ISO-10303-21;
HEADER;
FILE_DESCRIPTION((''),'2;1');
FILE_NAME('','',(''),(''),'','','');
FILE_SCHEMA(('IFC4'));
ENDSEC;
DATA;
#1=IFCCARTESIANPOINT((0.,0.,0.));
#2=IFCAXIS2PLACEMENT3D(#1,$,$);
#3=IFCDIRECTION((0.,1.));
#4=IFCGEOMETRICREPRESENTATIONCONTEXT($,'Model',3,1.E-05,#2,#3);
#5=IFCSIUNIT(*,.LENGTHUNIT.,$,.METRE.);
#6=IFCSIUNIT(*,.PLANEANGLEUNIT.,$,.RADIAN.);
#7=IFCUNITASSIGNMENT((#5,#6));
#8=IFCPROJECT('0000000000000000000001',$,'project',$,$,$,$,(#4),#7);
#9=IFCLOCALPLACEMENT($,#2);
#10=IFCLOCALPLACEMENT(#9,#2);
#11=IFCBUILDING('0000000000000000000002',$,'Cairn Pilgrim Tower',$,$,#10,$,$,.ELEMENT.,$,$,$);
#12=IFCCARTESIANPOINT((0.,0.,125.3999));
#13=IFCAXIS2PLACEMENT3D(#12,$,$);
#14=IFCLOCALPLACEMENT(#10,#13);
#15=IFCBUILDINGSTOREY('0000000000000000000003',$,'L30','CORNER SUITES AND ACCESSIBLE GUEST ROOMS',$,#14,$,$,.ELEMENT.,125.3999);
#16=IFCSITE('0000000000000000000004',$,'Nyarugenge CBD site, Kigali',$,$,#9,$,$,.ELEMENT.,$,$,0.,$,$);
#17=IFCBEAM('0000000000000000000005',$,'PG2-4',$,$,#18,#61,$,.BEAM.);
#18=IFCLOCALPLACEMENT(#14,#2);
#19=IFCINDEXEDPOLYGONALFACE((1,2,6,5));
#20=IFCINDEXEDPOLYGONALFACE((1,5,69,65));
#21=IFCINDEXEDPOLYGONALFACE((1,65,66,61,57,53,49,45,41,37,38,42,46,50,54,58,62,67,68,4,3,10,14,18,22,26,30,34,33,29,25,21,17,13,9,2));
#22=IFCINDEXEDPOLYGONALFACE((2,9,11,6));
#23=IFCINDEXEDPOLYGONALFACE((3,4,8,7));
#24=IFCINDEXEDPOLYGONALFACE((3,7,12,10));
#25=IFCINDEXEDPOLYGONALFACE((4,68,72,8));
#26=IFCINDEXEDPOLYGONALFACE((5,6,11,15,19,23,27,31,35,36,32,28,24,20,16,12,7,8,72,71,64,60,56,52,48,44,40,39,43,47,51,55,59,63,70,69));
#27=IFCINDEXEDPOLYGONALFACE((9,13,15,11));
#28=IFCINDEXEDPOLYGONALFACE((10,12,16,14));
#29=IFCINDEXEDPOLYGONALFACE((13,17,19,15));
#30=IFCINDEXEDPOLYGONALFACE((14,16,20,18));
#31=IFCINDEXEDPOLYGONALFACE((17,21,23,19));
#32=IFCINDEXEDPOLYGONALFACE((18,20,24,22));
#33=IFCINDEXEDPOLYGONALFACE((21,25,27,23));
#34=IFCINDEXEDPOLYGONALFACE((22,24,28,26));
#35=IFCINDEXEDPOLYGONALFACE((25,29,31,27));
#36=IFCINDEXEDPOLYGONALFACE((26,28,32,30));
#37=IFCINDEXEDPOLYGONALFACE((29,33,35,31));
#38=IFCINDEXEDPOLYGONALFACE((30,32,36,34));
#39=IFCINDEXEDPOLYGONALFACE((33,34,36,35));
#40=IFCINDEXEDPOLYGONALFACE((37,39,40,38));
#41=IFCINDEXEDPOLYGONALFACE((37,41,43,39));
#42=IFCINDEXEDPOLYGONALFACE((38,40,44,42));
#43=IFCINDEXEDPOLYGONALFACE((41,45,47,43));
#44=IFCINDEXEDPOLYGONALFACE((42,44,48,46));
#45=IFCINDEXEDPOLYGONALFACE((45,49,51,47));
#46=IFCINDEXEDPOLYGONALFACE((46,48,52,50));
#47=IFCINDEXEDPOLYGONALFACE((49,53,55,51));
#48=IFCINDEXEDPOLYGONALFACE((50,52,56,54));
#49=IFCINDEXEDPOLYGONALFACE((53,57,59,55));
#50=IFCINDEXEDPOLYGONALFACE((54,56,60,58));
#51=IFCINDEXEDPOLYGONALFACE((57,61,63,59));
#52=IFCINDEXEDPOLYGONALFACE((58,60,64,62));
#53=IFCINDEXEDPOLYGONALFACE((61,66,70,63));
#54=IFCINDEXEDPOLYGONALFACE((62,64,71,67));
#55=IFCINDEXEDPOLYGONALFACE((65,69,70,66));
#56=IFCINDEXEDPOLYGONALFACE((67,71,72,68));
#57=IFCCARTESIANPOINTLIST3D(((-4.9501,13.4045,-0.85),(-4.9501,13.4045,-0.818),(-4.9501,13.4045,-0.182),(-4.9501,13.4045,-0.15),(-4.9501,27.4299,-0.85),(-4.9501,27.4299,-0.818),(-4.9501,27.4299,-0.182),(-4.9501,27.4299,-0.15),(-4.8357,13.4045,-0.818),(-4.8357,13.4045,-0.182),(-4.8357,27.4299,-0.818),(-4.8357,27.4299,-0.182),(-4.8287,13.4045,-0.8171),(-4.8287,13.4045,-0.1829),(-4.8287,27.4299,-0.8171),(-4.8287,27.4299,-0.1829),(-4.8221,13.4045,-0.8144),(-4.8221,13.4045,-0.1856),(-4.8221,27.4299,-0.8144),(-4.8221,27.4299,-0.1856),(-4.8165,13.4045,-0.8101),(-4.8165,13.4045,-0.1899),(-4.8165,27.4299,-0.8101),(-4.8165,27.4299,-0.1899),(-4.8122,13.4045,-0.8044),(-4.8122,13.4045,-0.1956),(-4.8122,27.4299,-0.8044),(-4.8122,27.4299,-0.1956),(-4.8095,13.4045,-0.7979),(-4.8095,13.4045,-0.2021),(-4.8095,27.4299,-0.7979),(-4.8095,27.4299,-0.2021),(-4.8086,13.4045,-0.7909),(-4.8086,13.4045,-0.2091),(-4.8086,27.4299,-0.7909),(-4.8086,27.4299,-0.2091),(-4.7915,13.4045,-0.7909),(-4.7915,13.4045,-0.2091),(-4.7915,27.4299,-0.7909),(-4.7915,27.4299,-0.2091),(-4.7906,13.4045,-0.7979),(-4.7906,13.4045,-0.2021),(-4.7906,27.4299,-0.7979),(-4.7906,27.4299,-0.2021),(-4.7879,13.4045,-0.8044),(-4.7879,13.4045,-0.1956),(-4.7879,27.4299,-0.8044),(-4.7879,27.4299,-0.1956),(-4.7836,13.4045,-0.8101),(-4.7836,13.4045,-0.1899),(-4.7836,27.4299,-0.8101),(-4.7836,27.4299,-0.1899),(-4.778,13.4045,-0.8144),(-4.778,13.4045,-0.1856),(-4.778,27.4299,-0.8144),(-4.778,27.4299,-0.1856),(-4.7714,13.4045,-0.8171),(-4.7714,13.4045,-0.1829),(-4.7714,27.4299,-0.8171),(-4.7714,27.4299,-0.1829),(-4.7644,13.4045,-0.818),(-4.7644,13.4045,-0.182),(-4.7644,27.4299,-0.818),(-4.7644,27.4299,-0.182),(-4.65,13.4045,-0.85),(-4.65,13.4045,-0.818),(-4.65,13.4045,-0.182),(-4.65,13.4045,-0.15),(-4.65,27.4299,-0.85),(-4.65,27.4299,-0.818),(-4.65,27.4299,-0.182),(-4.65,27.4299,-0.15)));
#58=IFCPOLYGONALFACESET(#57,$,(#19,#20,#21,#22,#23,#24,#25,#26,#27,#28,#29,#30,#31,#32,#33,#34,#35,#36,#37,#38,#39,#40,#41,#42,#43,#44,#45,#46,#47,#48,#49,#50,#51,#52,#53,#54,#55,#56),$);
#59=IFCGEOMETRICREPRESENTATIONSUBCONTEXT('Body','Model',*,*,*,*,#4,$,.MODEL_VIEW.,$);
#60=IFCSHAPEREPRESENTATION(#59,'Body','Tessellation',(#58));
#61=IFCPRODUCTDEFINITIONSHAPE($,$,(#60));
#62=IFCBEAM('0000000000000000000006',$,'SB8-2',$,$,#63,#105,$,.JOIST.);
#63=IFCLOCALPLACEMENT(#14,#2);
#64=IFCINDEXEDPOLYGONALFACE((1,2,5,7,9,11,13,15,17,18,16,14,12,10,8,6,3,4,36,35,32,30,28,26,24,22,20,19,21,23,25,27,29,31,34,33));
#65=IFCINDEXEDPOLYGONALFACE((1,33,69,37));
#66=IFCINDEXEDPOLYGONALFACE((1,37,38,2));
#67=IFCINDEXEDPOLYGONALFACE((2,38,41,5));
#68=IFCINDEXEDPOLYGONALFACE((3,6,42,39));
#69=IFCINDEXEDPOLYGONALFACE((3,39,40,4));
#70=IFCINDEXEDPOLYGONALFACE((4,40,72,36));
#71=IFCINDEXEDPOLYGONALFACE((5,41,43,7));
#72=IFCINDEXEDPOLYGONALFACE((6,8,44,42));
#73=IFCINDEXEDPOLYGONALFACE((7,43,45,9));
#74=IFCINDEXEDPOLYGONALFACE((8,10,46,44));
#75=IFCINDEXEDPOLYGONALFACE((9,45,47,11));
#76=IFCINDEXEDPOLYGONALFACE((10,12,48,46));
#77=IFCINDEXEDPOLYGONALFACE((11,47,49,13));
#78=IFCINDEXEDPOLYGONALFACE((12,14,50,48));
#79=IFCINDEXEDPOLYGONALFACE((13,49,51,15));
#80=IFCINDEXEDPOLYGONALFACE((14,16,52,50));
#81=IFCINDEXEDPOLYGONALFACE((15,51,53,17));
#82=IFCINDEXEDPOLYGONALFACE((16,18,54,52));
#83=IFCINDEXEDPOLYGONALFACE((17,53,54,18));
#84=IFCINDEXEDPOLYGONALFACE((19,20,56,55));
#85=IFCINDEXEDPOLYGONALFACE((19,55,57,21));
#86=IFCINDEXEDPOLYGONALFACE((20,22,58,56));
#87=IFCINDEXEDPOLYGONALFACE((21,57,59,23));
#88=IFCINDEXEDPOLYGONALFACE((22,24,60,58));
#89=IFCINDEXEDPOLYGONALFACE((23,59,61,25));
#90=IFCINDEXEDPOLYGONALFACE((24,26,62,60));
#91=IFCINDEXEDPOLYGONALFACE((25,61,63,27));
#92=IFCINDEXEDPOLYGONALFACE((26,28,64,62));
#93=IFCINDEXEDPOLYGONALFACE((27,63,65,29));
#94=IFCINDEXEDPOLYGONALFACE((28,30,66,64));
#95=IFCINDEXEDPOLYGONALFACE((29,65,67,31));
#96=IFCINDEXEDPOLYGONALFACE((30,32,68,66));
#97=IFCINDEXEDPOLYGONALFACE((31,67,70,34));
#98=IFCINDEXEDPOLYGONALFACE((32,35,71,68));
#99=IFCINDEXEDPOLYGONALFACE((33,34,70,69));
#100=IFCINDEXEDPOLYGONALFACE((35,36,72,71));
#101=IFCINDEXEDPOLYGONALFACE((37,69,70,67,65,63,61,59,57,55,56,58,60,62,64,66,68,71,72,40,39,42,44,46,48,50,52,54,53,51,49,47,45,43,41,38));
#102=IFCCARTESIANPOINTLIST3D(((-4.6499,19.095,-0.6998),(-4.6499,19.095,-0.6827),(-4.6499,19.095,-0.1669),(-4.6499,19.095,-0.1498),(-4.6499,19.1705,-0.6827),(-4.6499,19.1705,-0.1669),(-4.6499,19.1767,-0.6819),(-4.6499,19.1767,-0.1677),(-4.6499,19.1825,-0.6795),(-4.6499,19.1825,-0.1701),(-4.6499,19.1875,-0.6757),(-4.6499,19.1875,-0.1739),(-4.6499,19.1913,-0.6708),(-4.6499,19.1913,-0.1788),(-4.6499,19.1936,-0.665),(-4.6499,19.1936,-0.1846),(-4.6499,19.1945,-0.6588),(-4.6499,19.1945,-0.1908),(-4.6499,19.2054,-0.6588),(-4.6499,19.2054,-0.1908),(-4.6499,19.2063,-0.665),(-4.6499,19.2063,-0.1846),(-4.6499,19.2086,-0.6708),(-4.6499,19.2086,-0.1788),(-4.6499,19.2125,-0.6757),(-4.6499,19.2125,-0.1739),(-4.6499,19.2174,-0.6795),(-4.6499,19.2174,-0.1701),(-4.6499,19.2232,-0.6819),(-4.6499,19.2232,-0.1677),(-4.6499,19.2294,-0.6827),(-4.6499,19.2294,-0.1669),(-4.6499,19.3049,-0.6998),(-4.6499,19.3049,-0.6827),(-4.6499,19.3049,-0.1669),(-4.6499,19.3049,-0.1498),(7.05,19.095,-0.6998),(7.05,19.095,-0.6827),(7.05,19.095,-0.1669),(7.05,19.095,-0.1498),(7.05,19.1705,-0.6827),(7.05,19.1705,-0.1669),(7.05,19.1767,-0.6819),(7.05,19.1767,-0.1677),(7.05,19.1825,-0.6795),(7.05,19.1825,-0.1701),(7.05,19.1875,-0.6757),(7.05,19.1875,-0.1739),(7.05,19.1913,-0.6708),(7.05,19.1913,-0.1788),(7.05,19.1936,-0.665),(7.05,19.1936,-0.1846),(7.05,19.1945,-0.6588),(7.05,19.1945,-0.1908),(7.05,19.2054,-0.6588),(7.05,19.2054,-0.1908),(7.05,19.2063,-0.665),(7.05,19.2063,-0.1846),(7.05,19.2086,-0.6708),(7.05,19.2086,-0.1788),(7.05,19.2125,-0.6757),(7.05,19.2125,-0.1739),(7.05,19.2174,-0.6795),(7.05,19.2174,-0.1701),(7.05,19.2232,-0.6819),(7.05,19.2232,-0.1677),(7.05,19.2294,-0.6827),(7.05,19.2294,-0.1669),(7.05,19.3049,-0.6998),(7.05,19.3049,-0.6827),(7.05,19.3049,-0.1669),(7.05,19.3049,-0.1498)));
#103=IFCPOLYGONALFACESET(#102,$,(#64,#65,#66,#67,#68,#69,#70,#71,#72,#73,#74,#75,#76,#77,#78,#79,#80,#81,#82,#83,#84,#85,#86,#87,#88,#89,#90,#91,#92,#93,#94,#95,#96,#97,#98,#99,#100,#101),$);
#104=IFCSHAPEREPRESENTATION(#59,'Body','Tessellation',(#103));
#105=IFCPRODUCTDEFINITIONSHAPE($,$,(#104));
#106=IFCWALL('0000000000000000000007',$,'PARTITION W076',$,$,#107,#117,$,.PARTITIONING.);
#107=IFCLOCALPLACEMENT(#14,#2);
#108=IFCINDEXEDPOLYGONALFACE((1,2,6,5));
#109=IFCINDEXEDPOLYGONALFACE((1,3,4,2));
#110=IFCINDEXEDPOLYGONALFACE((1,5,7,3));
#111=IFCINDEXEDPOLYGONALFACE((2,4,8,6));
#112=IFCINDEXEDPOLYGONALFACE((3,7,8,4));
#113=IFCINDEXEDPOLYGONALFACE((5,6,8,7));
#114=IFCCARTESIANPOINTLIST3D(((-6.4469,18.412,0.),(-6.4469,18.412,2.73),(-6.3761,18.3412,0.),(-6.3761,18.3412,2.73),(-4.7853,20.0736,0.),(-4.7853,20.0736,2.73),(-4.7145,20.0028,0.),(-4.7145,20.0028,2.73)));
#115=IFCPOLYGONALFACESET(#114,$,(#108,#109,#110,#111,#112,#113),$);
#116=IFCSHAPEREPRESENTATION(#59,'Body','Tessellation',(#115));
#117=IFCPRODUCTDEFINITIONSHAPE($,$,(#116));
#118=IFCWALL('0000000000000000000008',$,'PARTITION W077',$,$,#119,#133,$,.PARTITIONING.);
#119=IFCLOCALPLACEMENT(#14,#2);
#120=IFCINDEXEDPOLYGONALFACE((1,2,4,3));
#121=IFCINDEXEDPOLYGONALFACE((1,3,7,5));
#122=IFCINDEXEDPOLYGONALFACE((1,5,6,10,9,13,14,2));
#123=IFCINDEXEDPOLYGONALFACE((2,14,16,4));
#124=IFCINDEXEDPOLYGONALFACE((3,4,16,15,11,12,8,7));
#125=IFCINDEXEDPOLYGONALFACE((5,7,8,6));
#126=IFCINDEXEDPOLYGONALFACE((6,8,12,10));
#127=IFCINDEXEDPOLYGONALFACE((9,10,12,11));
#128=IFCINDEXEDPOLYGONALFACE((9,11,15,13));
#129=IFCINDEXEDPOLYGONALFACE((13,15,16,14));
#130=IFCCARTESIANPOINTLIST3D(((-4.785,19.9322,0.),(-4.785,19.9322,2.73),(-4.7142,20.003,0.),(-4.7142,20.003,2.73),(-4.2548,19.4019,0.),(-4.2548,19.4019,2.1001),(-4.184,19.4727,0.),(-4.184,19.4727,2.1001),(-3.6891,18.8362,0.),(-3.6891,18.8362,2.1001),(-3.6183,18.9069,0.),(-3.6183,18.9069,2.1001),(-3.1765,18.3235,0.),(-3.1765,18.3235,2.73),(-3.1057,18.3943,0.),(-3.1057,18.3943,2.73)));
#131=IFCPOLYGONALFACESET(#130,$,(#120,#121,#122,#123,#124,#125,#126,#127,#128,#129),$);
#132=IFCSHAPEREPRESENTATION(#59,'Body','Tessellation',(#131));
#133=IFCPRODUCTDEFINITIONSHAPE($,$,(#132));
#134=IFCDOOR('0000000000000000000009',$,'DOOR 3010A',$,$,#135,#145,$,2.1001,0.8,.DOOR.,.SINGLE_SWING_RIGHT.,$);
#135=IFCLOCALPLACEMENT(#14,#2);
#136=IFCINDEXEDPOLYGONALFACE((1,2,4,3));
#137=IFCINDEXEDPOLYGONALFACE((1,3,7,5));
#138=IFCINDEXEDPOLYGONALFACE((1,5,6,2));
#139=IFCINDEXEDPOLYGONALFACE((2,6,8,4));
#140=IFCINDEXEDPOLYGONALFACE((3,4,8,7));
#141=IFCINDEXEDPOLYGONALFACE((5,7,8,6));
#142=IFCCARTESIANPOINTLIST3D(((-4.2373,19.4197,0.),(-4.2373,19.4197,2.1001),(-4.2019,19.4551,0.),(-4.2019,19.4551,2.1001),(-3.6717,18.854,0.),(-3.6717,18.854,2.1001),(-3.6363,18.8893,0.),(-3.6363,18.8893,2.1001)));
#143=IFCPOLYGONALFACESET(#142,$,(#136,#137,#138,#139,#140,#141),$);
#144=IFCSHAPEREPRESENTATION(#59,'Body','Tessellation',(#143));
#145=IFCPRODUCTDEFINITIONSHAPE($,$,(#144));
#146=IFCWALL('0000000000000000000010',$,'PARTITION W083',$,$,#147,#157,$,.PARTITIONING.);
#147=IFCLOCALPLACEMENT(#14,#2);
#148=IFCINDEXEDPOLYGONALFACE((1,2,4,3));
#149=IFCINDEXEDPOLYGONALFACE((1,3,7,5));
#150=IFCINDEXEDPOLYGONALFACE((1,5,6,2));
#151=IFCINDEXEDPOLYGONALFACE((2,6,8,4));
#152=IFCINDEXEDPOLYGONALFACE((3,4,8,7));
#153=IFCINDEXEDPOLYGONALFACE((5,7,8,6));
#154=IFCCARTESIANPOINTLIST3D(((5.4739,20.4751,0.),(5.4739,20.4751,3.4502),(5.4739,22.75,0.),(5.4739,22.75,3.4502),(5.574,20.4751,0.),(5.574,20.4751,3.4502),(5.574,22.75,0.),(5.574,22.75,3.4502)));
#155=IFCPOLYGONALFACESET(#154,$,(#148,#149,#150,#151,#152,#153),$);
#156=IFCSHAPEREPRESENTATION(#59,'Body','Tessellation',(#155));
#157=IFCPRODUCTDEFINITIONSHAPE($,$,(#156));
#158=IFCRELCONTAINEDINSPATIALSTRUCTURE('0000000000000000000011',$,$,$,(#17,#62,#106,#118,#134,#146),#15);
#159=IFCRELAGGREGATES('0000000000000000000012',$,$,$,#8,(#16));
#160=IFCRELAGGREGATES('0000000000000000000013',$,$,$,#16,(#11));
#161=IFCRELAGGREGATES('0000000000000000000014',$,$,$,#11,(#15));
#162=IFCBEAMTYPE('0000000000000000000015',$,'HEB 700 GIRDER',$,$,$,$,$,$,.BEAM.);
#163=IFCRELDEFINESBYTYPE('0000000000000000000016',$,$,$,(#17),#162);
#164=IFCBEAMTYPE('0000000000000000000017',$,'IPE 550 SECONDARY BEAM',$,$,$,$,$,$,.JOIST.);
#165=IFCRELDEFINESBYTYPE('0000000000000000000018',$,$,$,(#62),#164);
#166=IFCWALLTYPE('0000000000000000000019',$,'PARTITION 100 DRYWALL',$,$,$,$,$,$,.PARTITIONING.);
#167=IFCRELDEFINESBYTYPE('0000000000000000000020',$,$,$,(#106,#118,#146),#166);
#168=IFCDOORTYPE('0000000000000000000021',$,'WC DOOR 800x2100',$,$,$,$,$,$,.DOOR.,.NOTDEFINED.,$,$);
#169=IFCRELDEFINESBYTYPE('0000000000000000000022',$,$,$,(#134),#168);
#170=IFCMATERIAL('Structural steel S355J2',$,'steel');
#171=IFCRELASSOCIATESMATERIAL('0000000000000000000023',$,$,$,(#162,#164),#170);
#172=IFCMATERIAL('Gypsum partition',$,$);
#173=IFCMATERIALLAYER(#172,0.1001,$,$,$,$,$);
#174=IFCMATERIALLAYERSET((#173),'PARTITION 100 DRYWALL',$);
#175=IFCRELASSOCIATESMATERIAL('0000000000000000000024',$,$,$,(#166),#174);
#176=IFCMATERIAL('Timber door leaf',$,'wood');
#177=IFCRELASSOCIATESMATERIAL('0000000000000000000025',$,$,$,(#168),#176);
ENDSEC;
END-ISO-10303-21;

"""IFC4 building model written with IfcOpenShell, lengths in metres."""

from ifc_helpers import new_model, si_unit, direction, frame, frame_2d, origin, origin_2d, place, context, subcontext, project, spatial, rectangle, i_section, extrude, material, layer, layer_set, material_profile, profile_set, type_object, element, fill, save


model = new_model("IFC4")

# Units and contexts
model_context = context("Model", 3, precision=1e-05, world=origin(), true_north=direction((0.0, 1.0)))
body_context = subcontext(model_context, "Body", "Model", "MODEL_VIEW")
ifc_project = project(units=[si_unit("LENGTHUNIT", "METRE"), si_unit("PLANEANGLEUNIT", "RADIAN")], contexts=[model_context])

# Site, building, storey
site_placement = place(None, origin())
site = spatial("IfcSite", under=ifc_project, at=site_placement, Name="Nyarugenge CBD site, Kigali", CompositionType="ELEMENT", RefElevation=0.0)
building_placement = place(site_placement, origin())
building = spatial("IfcBuilding", under=site, at=building_placement, Name="Cairn Pilgrim Tower", CompositionType="ELEMENT")
storey_placement = place(building_placement, frame((0.0, 0.0, 125.3999)))
storey = spatial("IfcBuildingStorey", under=building, at=storey_placement, Name="L30", Description="CORNER SUITES AND ACCESSIBLE GUEST ROOMS", CompositionType="ELEMENT", Elevation=125.3999)

# Beams
ifc_material_1 = material(Name="Structural steel S355J2", Category="steel")
ifc_material_profile_1 = material_profile(ifc_material_1, i_section(OverallWidth=0.3, OverallDepth=0.7, WebThickness=0.0171, FlangeThickness=0.032, FilletRadius=0.0271, at=origin_2d()), Name="HEB 700")
ifc_profile_set_1 = profile_set([ifc_material_profile_1], Name="Structural steel S355J2")
beam_type_1 = type_object("IfcBeamType", Name="HEB 700 GIRDER", PredefinedType="BEAM", material=ifc_profile_set_1)
beam_1_placement = place(storey_placement, frame((-4.8, 13.4045, -0.5), z_axis=(0.0, 1.0, 0.0), x_axis=(-1.0, 0.0, 0.0)))
element("IfcBeam", 1, at=beam_1_placement, inside=storey, type_object=beam_type_1, Name="PG2-4", PredefinedType="BEAM", context=body_context, shape_type="SweptSolid", body=[
    extrude(i_section(OverallWidth=0.3, OverallDepth=0.7, WebThickness=0.0171, FlangeThickness=0.032, FilletRadius=0.0271, at=origin_2d()), origin(), (0.0, 0.0, 1.0), 14.0254),
])
ifc_material_profile_2 = material_profile(ifc_material_1, i_section(OverallWidth=0.21, OverallDepth=0.55, WebThickness=0.011, FlangeThickness=0.0171, FilletRadius=0.0239, at=origin_2d()), Name="IPE 550")
ifc_profile_set_2 = profile_set([ifc_material_profile_2], Name="Structural steel S355J2")
beam_type_2 = type_object("IfcBeamType", Name="IPE 550 SECONDARY BEAM", PredefinedType="JOIST", material=ifc_profile_set_2)
beam_2_placement = place(storey_placement, frame((-4.6499, 19.2, -0.4248), z_axis=(1.0, 0.0, 0.0), x_axis=(0.0, 1.0, 0.0)))
element("IfcBeam", 2, at=beam_2_placement, inside=storey, type_object=beam_type_2, Name="SB8-2", PredefinedType="JOIST", context=body_context, shape_type="SweptSolid", body=[
    extrude(i_section(OverallWidth=0.21, OverallDepth=0.55, WebThickness=0.011, FlangeThickness=0.0171, FilletRadius=0.0239, at=origin_2d()), origin(), (0.0, 0.0, 1.0), 11.7),
])

# Wall
ifc_material_2 = material(Name="Gypsum partition")
ifc_layer_1 = layer(ifc_material_2, 0.1001)
ifc_layer_set_1 = layer_set([ifc_layer_1], Name="PARTITION 100 DRYWALL")
wall_type_1 = type_object("IfcWallType", Name="PARTITION 100 DRYWALL", PredefinedType="PARTITIONING", material=ifc_layer_set_1)
wall_1_placement = place(storey_placement, frame((-6.4114, 18.3767, 0.0), z_axis=(0.0, 0.0, 1.0), x_axis=(0.707107, 0.707107, 0.0)))
element("IfcWall", 3, at=wall_1_placement, inside=storey, type_object=wall_type_1, Name="PARTITION W076", PredefinedType="PARTITIONING", context=body_context, shape_type="SweptSolid", body=[
    extrude(rectangle(XDim=2.3499, YDim=0.1001, at=frame_2d((1.1748, 0.0))), origin(), (0.0, 0.0, 1.0), 2.73),
])

# Wall, opening, door
wall_2_placement = place(storey_placement, frame((-3.1411, 18.3589, 0.0), z_axis=(0.0, 0.0, 1.0), x_axis=(-0.707053, 0.70716, 0.0)))
wall_2 = element("IfcWall", 4, at=wall_2_placement, inside=storey, type_object=wall_type_1, Name="PARTITION W077", PredefinedType="PARTITIONING", context=body_context, shape_type="SweptSolid", body=[
    extrude(rectangle(XDim=2.2749, YDim=0.1001, at=frame_2d((1.1375, 0.0))), origin(), (0.0, 0.0, 1.0), 2.73),
])
opening_1_placement = place(wall_2_placement, frame((0.7251, 0.0, 0.0)))
opening_1 = element("IfcOpeningElement", 5, at=opening_1_placement, cuts=wall_2, PredefinedType="OPENING", context=body_context, shape_type="SweptSolid", body=[
    extrude(rectangle(XDim=0.8, YDim=2.1001, at=frame_2d((0.3999, 1.05))), frame((0.0, 0.0601, 0.0), z_axis=(0.0, -1.0, 0.0), x_axis=(1.0, 0.0, 0.0)), (0.0, 0.0, 1.0), 0.1201),
])
ifc_material_3 = material(Name="Timber door leaf", Category="wood")
door_type_1 = type_object("IfcDoorType", Name="WC DOOR 800x2100", OperationType="NOTDEFINED", PredefinedType="DOOR", material=ifc_material_3)
door_1_placement = place(opening_1_placement, frame((0.8, 0.0, 0.0), z_axis=(0.0, 0.0, 1.0), x_axis=(-1.0, 0.0, 0.0)))
door_1 = element("IfcDoor", 6, at=door_1_placement, inside=storey, type_object=door_type_1, Name="DOOR 3010A", OperationType="SINGLE_SWING_RIGHT", OverallHeight=2.1001, OverallWidth=0.8, PredefinedType="DOOR", context=body_context, shape_type="SweptSolid", body=[
    extrude(rectangle(XDim=0.8, YDim=2.1001, at=frame_2d((0.3999, 1.05))), frame((0.0, 0.0249, 0.0), z_axis=(0.0, -1.0, 0.0), x_axis=(1.0, 0.0, 0.0)), (0.0, 0.0, 1.0), 0.05),
])
fill(opening_1, door_1)

# Wall
wall_3_placement = place(storey_placement, frame((5.5239, 20.4751, 0.0), z_axis=(0.0, 0.0, 1.0), x_axis=(0.0, 1.0, 0.0)))
element("IfcWall", 7, at=wall_3_placement, inside=storey, type_object=wall_type_1, Name="PARTITION W083", PredefinedType="PARTITIONING", context=body_context, shape_type="SweptSolid", body=[
    extrude(rectangle(XDim=2.2749, YDim=0.1001, at=frame_2d((1.1375, 0.0))), origin(), (0.0, 0.0, 1.0), 3.4502),
])

save(model, "model.ifc")
